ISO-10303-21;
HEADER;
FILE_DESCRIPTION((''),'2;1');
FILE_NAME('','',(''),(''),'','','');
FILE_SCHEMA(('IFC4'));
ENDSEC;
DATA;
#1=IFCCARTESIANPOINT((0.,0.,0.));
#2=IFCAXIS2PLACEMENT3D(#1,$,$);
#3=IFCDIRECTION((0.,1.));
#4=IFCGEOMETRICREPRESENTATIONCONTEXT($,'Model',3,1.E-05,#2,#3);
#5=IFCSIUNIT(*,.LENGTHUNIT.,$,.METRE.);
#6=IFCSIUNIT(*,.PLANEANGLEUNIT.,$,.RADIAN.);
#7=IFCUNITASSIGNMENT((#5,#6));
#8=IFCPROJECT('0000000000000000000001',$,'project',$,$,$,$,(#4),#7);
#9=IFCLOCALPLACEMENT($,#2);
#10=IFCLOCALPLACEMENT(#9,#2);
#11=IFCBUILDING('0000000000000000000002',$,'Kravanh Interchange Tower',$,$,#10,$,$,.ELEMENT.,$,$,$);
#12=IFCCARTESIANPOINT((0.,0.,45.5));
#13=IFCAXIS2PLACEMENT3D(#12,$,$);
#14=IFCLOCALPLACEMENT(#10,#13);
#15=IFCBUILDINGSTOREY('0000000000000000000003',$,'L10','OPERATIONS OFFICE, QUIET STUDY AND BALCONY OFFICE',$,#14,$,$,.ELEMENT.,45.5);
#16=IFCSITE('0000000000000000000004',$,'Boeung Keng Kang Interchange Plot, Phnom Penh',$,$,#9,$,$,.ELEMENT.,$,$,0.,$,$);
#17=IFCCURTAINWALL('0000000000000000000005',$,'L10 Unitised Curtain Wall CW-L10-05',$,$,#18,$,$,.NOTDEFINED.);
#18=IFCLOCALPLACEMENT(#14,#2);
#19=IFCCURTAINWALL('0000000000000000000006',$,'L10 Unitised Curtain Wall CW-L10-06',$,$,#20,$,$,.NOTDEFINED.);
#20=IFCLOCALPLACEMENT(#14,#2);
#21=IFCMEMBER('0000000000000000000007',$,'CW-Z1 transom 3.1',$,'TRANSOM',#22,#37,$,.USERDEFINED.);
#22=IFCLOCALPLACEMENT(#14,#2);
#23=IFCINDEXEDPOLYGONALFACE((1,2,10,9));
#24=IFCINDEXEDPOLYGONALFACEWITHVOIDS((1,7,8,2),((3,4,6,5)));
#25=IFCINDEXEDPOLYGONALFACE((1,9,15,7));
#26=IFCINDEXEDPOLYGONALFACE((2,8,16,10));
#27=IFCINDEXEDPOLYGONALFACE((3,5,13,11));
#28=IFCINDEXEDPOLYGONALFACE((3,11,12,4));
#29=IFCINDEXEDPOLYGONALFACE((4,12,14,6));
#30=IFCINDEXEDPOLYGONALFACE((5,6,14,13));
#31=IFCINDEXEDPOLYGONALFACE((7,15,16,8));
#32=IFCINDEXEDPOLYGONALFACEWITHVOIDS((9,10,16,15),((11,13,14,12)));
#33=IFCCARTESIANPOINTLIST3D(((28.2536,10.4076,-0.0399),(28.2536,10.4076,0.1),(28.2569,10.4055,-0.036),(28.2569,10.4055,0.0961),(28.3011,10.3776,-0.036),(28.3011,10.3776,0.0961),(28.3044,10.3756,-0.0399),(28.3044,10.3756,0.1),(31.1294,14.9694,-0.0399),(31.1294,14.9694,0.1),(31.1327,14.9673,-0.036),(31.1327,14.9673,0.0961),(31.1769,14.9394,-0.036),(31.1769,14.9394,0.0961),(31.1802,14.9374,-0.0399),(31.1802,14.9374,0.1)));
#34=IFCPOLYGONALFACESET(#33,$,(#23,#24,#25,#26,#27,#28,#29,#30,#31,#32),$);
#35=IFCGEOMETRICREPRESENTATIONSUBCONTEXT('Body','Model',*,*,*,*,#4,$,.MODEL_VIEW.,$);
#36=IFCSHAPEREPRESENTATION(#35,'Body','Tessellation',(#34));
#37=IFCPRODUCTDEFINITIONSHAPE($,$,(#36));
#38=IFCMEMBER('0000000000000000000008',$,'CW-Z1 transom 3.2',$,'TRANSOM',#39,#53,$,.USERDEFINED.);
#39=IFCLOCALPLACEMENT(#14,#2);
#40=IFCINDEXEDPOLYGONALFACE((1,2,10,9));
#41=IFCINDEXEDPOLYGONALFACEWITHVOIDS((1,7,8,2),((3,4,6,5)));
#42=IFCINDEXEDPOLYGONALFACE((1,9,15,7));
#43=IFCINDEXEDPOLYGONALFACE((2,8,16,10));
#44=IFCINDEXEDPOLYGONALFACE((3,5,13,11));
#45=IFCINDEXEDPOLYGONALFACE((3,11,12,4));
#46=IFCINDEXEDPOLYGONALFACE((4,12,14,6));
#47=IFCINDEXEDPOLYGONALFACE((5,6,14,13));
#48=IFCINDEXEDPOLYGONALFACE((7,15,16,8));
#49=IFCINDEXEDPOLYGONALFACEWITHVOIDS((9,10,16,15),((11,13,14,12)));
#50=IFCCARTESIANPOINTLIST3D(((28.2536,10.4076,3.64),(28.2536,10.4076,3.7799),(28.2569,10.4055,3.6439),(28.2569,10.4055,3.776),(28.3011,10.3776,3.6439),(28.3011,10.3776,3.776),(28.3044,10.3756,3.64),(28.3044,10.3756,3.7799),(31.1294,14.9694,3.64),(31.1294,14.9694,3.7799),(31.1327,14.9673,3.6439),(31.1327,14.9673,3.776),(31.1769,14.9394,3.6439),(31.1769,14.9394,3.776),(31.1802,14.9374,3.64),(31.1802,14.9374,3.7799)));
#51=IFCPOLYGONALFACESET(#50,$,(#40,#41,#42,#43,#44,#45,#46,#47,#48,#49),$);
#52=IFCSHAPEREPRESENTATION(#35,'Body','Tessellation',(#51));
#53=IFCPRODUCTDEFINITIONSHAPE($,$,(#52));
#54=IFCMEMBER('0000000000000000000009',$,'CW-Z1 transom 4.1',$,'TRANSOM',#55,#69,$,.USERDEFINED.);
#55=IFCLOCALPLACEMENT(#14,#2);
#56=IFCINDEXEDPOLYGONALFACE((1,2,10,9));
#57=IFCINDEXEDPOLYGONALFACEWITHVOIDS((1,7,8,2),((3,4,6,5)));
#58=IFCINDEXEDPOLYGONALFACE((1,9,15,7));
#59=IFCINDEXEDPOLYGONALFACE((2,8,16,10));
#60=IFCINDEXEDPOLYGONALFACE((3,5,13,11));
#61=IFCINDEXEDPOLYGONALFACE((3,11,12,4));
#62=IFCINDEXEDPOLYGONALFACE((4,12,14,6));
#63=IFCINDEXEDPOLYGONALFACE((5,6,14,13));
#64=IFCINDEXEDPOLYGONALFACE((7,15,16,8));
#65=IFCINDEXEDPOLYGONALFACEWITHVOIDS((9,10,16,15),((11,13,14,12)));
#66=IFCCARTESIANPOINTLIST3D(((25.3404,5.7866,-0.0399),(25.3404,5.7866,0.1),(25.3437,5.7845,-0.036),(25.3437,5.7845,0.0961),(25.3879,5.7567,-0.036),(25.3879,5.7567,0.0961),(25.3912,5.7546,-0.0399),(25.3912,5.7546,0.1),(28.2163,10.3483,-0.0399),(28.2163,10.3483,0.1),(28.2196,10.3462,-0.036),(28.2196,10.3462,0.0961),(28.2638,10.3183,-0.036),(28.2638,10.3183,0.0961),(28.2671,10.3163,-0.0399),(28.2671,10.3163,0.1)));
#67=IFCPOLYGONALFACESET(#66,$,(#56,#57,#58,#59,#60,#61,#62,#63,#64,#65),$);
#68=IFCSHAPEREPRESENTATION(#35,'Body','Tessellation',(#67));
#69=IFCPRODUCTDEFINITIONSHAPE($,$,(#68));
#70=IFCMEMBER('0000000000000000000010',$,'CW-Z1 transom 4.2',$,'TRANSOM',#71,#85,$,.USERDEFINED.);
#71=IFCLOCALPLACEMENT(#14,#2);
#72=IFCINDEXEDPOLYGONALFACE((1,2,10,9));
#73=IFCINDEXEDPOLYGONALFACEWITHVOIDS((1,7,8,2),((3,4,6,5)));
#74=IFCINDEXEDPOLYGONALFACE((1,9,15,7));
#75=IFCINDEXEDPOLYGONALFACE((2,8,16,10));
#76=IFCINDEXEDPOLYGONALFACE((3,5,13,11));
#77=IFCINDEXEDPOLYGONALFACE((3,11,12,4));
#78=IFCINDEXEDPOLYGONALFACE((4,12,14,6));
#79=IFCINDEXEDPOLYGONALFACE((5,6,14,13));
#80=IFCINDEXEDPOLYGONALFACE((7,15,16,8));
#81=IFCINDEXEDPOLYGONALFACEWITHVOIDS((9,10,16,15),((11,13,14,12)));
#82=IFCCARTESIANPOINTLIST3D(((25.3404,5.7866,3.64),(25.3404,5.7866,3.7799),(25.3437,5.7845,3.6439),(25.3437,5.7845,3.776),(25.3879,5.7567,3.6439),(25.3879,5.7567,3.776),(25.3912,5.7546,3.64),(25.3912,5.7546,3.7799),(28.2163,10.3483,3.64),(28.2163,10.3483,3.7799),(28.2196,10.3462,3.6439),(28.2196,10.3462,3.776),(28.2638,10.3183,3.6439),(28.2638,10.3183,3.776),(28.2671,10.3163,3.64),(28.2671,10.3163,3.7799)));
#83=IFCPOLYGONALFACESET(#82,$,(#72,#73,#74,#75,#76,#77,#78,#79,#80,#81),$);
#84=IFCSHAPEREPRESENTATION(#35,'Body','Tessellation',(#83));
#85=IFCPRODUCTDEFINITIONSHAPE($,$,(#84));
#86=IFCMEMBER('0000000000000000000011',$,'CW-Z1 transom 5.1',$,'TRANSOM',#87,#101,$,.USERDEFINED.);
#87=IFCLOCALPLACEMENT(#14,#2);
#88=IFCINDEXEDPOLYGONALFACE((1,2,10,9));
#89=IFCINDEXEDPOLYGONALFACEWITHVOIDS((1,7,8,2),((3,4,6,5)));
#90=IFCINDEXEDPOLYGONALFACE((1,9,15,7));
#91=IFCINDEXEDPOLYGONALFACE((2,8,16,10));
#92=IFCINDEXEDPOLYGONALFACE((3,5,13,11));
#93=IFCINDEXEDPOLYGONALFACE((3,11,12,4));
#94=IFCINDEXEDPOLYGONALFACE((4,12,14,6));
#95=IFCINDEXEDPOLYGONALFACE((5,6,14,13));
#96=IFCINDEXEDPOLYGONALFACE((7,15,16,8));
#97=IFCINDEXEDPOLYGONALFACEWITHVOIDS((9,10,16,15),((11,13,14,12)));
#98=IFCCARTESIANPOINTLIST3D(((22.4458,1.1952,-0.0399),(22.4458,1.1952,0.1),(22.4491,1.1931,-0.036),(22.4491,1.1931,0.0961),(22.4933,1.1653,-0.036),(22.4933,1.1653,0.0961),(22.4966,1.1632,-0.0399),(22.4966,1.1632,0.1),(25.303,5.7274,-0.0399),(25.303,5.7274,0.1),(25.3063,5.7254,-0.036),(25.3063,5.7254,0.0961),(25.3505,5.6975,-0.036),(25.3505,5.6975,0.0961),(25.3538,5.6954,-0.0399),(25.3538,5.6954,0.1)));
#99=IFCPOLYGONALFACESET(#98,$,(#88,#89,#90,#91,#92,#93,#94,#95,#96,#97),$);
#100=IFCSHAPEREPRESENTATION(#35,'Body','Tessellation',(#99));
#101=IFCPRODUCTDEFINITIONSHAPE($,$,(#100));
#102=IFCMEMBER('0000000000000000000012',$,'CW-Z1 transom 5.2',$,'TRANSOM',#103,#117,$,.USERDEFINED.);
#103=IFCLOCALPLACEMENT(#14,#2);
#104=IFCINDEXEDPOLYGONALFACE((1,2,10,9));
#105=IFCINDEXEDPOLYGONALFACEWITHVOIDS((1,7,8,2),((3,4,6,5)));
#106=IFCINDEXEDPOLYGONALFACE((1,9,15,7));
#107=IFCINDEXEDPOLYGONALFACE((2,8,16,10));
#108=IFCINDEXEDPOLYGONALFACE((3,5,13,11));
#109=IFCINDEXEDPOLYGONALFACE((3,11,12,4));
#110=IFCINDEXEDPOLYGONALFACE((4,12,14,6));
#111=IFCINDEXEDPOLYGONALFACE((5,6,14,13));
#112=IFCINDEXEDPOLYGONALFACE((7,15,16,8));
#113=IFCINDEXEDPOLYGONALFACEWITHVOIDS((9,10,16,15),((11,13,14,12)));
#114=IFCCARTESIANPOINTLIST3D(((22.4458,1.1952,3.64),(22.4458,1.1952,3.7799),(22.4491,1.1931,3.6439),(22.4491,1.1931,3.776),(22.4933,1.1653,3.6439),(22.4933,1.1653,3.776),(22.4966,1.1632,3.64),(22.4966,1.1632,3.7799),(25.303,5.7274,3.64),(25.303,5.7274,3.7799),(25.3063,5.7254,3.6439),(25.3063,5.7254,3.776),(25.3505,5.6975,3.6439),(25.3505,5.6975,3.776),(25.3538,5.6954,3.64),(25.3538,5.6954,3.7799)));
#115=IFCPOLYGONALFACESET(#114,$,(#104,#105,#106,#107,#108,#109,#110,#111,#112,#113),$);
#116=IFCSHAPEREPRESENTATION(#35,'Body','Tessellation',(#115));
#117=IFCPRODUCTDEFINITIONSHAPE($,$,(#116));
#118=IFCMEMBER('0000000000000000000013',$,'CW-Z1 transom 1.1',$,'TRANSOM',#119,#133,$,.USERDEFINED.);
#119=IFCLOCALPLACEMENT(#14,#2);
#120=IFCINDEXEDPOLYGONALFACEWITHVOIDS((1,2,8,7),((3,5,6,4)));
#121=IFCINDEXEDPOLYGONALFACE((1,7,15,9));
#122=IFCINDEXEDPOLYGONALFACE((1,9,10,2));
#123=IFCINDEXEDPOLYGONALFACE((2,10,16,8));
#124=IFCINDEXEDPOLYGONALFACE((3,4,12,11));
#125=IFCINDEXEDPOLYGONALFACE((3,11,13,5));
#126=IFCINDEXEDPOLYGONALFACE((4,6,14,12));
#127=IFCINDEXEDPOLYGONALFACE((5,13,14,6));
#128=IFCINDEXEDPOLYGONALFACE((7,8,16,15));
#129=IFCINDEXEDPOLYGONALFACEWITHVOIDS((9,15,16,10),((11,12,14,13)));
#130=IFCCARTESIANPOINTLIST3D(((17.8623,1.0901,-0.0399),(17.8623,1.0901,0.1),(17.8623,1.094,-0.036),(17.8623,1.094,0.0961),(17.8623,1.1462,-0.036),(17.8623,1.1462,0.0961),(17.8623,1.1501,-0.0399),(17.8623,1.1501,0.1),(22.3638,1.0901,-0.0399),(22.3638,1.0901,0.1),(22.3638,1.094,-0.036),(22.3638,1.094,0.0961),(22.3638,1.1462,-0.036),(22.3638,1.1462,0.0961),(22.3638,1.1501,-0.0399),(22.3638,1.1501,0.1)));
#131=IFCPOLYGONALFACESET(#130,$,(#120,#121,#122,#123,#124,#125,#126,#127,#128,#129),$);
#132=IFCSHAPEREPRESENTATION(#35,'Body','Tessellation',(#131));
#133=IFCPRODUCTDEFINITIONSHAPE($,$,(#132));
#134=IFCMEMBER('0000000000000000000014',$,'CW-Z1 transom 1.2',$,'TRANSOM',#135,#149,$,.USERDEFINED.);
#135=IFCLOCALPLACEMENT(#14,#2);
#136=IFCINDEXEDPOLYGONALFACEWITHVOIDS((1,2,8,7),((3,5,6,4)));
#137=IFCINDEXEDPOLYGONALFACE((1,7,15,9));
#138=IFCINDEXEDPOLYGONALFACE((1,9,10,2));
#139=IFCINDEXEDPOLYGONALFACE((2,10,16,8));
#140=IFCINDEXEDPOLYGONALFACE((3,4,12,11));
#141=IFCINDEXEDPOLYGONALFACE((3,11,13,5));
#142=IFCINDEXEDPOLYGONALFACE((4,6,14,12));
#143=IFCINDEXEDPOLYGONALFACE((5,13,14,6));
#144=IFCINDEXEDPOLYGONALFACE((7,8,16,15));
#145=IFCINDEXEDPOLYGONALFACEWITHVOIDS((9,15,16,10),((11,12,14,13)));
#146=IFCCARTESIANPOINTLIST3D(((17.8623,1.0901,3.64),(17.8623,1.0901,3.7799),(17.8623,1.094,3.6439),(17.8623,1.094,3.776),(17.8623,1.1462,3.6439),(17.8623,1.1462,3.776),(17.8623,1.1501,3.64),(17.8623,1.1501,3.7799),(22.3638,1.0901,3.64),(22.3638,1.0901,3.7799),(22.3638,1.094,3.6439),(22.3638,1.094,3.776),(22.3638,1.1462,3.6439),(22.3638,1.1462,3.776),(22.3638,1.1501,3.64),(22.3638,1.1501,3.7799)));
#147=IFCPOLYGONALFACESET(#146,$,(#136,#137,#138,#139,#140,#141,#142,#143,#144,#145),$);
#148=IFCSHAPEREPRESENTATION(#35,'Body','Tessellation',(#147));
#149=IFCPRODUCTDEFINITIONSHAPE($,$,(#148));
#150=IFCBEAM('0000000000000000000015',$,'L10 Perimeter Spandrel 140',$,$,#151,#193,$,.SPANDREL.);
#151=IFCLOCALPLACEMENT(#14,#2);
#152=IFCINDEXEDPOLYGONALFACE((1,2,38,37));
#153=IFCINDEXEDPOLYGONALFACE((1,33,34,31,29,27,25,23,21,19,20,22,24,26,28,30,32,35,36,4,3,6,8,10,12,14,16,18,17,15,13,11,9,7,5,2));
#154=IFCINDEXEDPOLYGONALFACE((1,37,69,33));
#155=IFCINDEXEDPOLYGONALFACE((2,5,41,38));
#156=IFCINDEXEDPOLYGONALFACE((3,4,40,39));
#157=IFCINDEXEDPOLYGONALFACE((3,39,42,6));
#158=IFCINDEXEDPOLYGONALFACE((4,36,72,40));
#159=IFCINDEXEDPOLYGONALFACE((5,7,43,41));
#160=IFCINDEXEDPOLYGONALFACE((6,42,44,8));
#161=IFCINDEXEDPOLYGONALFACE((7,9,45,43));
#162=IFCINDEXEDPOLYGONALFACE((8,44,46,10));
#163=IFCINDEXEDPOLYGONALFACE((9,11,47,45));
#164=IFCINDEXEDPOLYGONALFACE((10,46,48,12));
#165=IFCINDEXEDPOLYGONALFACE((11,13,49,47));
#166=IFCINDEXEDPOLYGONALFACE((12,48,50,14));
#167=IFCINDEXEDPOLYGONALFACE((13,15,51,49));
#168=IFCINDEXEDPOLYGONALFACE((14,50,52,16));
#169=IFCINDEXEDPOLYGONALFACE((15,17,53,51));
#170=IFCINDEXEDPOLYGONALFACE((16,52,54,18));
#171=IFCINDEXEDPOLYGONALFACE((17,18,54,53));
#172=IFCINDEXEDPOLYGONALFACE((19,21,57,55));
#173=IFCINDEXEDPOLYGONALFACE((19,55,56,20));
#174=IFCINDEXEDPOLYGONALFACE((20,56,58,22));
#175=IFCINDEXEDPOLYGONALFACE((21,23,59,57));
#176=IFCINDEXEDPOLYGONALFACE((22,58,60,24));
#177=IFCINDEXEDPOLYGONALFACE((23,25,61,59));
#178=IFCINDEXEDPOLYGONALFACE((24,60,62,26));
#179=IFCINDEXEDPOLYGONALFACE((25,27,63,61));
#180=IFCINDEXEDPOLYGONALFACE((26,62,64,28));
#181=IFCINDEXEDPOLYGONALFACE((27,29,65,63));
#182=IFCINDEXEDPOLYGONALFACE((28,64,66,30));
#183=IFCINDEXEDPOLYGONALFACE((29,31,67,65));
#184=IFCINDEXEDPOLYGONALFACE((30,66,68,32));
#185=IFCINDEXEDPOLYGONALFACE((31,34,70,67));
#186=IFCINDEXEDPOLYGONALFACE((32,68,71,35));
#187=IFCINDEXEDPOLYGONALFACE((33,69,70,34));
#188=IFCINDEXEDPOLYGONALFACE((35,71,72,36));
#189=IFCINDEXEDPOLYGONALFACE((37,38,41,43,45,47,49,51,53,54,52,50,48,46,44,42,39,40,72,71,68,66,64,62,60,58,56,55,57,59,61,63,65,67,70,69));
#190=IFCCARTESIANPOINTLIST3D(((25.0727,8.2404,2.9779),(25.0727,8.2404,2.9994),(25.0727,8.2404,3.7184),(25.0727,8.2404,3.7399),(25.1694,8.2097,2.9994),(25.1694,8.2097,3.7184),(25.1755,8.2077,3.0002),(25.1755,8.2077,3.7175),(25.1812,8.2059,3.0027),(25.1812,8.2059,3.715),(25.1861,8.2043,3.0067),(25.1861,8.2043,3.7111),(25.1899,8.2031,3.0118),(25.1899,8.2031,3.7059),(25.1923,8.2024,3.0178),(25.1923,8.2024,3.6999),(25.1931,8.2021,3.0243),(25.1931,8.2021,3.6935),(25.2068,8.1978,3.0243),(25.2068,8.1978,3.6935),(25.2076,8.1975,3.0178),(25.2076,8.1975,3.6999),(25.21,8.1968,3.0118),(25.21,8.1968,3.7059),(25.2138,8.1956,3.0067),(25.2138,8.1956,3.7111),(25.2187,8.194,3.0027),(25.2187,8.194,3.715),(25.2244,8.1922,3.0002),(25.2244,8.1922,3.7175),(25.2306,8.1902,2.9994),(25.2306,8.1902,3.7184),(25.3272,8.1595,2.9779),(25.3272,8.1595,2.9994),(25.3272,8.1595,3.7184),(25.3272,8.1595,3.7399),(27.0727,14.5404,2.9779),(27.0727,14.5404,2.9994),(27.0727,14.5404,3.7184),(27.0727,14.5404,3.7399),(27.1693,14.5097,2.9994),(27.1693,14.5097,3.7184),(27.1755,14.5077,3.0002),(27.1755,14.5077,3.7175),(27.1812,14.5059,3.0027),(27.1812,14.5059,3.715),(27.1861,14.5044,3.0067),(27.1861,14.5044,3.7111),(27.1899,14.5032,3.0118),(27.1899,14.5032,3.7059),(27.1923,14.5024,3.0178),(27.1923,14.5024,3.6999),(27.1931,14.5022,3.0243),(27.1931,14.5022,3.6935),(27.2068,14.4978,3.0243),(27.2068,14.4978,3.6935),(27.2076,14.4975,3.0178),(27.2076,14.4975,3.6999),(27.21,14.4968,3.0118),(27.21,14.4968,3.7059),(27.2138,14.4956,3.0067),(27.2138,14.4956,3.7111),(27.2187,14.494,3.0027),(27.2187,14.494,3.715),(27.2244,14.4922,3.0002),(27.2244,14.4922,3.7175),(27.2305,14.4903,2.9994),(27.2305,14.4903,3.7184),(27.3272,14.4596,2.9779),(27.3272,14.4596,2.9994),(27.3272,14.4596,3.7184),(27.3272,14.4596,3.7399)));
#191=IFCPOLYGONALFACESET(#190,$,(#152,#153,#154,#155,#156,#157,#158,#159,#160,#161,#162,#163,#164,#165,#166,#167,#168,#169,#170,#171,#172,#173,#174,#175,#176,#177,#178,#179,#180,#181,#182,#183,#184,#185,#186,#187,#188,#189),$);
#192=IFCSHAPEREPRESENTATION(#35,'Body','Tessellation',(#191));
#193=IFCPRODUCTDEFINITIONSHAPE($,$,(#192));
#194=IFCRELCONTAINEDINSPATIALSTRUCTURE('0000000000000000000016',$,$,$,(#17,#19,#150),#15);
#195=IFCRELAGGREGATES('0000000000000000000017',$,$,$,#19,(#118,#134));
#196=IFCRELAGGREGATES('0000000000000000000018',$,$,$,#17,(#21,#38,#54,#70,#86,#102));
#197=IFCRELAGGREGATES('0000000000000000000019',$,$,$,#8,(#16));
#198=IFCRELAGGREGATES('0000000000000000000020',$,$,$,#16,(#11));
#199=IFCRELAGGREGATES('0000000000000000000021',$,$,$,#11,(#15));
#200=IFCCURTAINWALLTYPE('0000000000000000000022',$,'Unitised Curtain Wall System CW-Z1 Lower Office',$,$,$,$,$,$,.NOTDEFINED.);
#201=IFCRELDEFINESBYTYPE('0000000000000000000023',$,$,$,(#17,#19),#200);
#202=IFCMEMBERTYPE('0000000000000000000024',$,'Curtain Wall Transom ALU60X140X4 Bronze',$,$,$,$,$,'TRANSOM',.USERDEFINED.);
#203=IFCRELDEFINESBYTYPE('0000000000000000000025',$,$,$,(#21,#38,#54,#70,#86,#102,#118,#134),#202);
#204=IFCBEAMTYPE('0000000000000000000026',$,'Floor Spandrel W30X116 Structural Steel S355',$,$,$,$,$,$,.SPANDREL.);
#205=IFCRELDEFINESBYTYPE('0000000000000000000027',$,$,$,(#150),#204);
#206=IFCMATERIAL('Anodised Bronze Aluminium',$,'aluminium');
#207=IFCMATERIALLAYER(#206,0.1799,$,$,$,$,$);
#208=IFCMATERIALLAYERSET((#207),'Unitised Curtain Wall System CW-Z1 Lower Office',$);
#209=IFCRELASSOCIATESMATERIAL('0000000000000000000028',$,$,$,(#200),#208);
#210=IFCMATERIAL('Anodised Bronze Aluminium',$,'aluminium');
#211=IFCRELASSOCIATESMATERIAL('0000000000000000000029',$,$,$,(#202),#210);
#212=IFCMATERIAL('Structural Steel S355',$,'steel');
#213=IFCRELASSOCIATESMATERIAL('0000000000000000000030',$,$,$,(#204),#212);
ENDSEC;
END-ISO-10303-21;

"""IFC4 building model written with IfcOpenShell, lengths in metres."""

from ifc_helpers import new_model, si_unit, direction, frame, origin, origin_2d, place, context, subcontext, project, spatial, hollow_rectangle, i_section, extrude, material, layer, layer_set, material_profile, profile_set, type_object, element, aggregate, save


model = new_model("IFC4")

# Units and contexts
model_context = context("Model", 3, precision=1e-05, world=origin(), true_north=direction((0.0, 1.0)))
body_context = subcontext(model_context, "Body", "Model", "MODEL_VIEW")
ifc_project = project(units=[si_unit("LENGTHUNIT", "METRE"), si_unit("PLANEANGLEUNIT", "RADIAN")], contexts=[model_context])

# Site, building, storey
site_placement = place(None, origin())
site = spatial("IfcSite", under=ifc_project, at=site_placement, Name="Boeung Keng Kang Interchange Plot, Phnom Penh", CompositionType="ELEMENT", RefElevation=0.0)
building_placement = place(site_placement, origin())
building = spatial("IfcBuilding", under=site, at=building_placement, Name="Kravanh Interchange Tower", CompositionType="ELEMENT")
storey_placement = place(building_placement, frame((0.0, 0.0, 45.5)))
storey = spatial("IfcBuildingStorey", under=building, at=storey_placement, Name="L10", Description="OPERATIONS OFFICE, QUIET STUDY AND BALCONY OFFICE", CompositionType="ELEMENT", Elevation=45.5)

# Curtain wall
ifc_material_1 = material(Name="Anodised Bronze Aluminium", Category="aluminium")
ifc_layer_1 = layer(ifc_material_1, 0.1799)
ifc_layer_set_1 = layer_set([ifc_layer_1], Name="Unitised Curtain Wall System CW-Z1 Lower Office")
curtain_wall_type = type_object("IfcCurtainWallType", Name="Unitised Curtain Wall System CW-Z1 Lower Office", PredefinedType="NOTDEFINED", material=ifc_layer_set_1)
curtain_wall_1_placement = place(storey_placement, origin())
curtain_wall_1 = element("IfcCurtainWall", 1, at=curtain_wall_1_placement, inside=storey, type_object=curtain_wall_type, Name="L10 Unitised Curtain Wall CW-L10-05", PredefinedType="NOTDEFINED")

# Curtain wall
curtain_wall_2_placement = place(storey_placement, origin())
curtain_wall_2 = element("IfcCurtainWall", 2, at=curtain_wall_2_placement, inside=storey, type_object=curtain_wall_type, Name="L10 Unitised Curtain Wall CW-L10-06", PredefinedType="NOTDEFINED")

# Members
ifc_material_2 = material(Name="Anodised Bronze Aluminium", Category="aluminium")
ifc_material_profile_1 = material_profile(ifc_material_2, hollow_rectangle(XDim=0.0601, YDim=0.1399, WallThickness=0.0039, at=origin_2d()), Name="ALU60X140X4")
ifc_profile_set_1 = profile_set([ifc_material_profile_1], Name="Anodised Bronze Aluminium")
member_type_1 = type_object("IfcMemberType", Name="Curtain Wall Transom ALU60X140X4 Bronze", ElementType="TRANSOM", PredefinedType="USERDEFINED", material=ifc_profile_set_1)
member_1_placement = place(storey_placement, frame((31.1548, 14.9534, 0.03), z_axis=(-0.533279, -0.845939, 0.0), x_axis=(0.845939, -0.533279, 0.0)))
member_1 = element("IfcMember", 3, at=member_1_placement, type_object=member_type_1, Name="CW-Z1 transom 3.1", ObjectType="TRANSOM", PredefinedType="USERDEFINED", context=body_context, shape_type="SweptSolid", body=[
    extrude(hollow_rectangle(XDim=0.0601, YDim=0.1399, WallThickness=0.0039, at=origin_2d()), origin(), (0.0, 0.0, 1.0), 5.3926),
])
member_2_placement = place(storey_placement, frame((31.1548, 14.9534, 3.71), z_axis=(-0.533279, -0.845939, 0.0), x_axis=(0.845939, -0.533279, 0.0)))
member_2 = element("IfcMember", 4, at=member_2_placement, type_object=member_type_1, Name="CW-Z1 transom 3.2", ObjectType="TRANSOM", PredefinedType="USERDEFINED", context=body_context, shape_type="SweptSolid", body=[
    extrude(hollow_rectangle(XDim=0.0601, YDim=0.1399, WallThickness=0.0039, at=origin_2d()), origin(), (0.0, 0.0, 1.0), 5.3926),
])
member_3_placement = place(storey_placement, frame((28.2417, 10.3323, 0.03), z_axis=(-0.533311, -0.845919, 0.0), x_axis=(0.845919, -0.533311, 0.0)))
member_3 = element("IfcMember", 5, at=member_3_placement, type_object=member_type_1, Name="CW-Z1 transom 4.1", ObjectType="TRANSOM", PredefinedType="USERDEFINED", context=body_context, shape_type="SweptSolid", body=[
    extrude(hollow_rectangle(XDim=0.0601, YDim=0.1399, WallThickness=0.0039, at=origin_2d()), origin(), (0.0, 0.0, 1.0), 5.3926),
])
member_4_placement = place(storey_placement, frame((28.2417, 10.3323, 3.71), z_axis=(-0.533311, -0.845919, 0.0), x_axis=(0.845919, -0.533311, 0.0)))
member_4 = element("IfcMember", 6, at=member_4_placement, type_object=member_type_1, Name="CW-Z1 transom 4.2", ObjectType="TRANSOM", PredefinedType="USERDEFINED", context=body_context, shape_type="SweptSolid", body=[
    extrude(hollow_rectangle(XDim=0.0601, YDim=0.1399, WallThickness=0.0039, at=origin_2d()), origin(), (0.0, 0.0, 1.0), 5.3926),
])
member_5_placement = place(storey_placement, frame((25.3284, 5.7114, 0.03), z_axis=(-0.533288, -0.845934, 0.0), x_axis=(0.845934, -0.533288, 0.0)))
member_5 = element("IfcMember", 7, at=member_5_placement, type_object=member_type_1, Name="CW-Z1 transom 5.1", ObjectType="TRANSOM", PredefinedType="USERDEFINED", context=body_context, shape_type="SweptSolid", body=[
    extrude(hollow_rectangle(XDim=0.0601, YDim=0.1399, WallThickness=0.0039, at=origin_2d()), origin(), (0.0, 0.0, 1.0), 5.3577),
])
member_6_placement = place(storey_placement, frame((25.3284, 5.7114, 3.71), z_axis=(-0.533288, -0.845934, 0.0), x_axis=(0.845934, -0.533288, 0.0)))
member_6 = element("IfcMember", 8, at=member_6_placement, type_object=member_type_1, Name="CW-Z1 transom 5.2", ObjectType="TRANSOM", PredefinedType="USERDEFINED", context=body_context, shape_type="SweptSolid", body=[
    extrude(hollow_rectangle(XDim=0.0601, YDim=0.1399, WallThickness=0.0039, at=origin_2d()), origin(), (0.0, 0.0, 1.0), 5.3577),
])
member_7_placement = place(storey_placement, frame((22.3638, 1.1201, 0.03), z_axis=(-1.0, 0.0, 0.0), x_axis=(0.0, -1.0, 0.0)))
member_7 = element("IfcMember", 9, at=member_7_placement, type_object=member_type_1, Name="CW-Z1 transom 1.1", ObjectType="TRANSOM", PredefinedType="USERDEFINED", context=body_context, shape_type="SweptSolid", body=[
    extrude(hollow_rectangle(XDim=0.0601, YDim=0.1399, WallThickness=0.0039, at=origin_2d()), origin(), (0.0, 0.0, 1.0), 4.5015),
])
member_8_placement = place(storey_placement, frame((22.3638, 1.1201, 3.71), z_axis=(-1.0, 0.0, 0.0), x_axis=(0.0, -1.0, 0.0)))
member_8 = element("IfcMember", 10, at=member_8_placement, type_object=member_type_1, Name="CW-Z1 transom 1.2", ObjectType="TRANSOM", PredefinedType="USERDEFINED", context=body_context, shape_type="SweptSolid", body=[
    extrude(hollow_rectangle(XDim=0.0601, YDim=0.1399, WallThickness=0.0039, at=origin_2d()), origin(), (0.0, 0.0, 1.0), 4.5015),
])
aggregate(curtain_wall_2, [member_7, member_8])

# Beam
ifc_material_3 = material(Name="Structural Steel S355", Category="steel")
ifc_material_profile_2 = material_profile(ifc_material_3, i_section(OverallWidth=0.2671, OverallDepth=0.762, WebThickness=0.0144, FlangeThickness=0.0215, FilletRadius=0.0249, at=origin_2d()), Name="W30X116")
ifc_profile_set_2 = profile_set([ifc_material_profile_2], Name="Structural Steel S355")
beam_type = type_object("IfcBeamType", Name="Floor Spandrel W30X116 Structural Steel S355", PredefinedType="SPANDREL", material=ifc_profile_set_2)
beam_1_placement = place(storey_placement, frame((25.2, 8.2, 3.3589), z_axis=(0.302577, 0.953125, 0.0), x_axis=(-0.953125, 0.302577, 0.0)))
element("IfcBeam", 11, at=beam_1_placement, inside=storey, type_object=beam_type, Name="L10 Perimeter Spandrel 140", PredefinedType="SPANDREL", context=body_context, shape_type="SweptSolid", body=[
    extrude(i_section(OverallWidth=0.2671, OverallDepth=0.762, WebThickness=0.0144, FlangeThickness=0.0215, FilletRadius=0.0249, at=origin_2d()), origin(), (0.0, 0.0, 1.0), 6.6099),
])

aggregate(curtain_wall_1, [member_1, member_2, member_3, member_4, member_5, member_6])

save(model, "model.ifc")
